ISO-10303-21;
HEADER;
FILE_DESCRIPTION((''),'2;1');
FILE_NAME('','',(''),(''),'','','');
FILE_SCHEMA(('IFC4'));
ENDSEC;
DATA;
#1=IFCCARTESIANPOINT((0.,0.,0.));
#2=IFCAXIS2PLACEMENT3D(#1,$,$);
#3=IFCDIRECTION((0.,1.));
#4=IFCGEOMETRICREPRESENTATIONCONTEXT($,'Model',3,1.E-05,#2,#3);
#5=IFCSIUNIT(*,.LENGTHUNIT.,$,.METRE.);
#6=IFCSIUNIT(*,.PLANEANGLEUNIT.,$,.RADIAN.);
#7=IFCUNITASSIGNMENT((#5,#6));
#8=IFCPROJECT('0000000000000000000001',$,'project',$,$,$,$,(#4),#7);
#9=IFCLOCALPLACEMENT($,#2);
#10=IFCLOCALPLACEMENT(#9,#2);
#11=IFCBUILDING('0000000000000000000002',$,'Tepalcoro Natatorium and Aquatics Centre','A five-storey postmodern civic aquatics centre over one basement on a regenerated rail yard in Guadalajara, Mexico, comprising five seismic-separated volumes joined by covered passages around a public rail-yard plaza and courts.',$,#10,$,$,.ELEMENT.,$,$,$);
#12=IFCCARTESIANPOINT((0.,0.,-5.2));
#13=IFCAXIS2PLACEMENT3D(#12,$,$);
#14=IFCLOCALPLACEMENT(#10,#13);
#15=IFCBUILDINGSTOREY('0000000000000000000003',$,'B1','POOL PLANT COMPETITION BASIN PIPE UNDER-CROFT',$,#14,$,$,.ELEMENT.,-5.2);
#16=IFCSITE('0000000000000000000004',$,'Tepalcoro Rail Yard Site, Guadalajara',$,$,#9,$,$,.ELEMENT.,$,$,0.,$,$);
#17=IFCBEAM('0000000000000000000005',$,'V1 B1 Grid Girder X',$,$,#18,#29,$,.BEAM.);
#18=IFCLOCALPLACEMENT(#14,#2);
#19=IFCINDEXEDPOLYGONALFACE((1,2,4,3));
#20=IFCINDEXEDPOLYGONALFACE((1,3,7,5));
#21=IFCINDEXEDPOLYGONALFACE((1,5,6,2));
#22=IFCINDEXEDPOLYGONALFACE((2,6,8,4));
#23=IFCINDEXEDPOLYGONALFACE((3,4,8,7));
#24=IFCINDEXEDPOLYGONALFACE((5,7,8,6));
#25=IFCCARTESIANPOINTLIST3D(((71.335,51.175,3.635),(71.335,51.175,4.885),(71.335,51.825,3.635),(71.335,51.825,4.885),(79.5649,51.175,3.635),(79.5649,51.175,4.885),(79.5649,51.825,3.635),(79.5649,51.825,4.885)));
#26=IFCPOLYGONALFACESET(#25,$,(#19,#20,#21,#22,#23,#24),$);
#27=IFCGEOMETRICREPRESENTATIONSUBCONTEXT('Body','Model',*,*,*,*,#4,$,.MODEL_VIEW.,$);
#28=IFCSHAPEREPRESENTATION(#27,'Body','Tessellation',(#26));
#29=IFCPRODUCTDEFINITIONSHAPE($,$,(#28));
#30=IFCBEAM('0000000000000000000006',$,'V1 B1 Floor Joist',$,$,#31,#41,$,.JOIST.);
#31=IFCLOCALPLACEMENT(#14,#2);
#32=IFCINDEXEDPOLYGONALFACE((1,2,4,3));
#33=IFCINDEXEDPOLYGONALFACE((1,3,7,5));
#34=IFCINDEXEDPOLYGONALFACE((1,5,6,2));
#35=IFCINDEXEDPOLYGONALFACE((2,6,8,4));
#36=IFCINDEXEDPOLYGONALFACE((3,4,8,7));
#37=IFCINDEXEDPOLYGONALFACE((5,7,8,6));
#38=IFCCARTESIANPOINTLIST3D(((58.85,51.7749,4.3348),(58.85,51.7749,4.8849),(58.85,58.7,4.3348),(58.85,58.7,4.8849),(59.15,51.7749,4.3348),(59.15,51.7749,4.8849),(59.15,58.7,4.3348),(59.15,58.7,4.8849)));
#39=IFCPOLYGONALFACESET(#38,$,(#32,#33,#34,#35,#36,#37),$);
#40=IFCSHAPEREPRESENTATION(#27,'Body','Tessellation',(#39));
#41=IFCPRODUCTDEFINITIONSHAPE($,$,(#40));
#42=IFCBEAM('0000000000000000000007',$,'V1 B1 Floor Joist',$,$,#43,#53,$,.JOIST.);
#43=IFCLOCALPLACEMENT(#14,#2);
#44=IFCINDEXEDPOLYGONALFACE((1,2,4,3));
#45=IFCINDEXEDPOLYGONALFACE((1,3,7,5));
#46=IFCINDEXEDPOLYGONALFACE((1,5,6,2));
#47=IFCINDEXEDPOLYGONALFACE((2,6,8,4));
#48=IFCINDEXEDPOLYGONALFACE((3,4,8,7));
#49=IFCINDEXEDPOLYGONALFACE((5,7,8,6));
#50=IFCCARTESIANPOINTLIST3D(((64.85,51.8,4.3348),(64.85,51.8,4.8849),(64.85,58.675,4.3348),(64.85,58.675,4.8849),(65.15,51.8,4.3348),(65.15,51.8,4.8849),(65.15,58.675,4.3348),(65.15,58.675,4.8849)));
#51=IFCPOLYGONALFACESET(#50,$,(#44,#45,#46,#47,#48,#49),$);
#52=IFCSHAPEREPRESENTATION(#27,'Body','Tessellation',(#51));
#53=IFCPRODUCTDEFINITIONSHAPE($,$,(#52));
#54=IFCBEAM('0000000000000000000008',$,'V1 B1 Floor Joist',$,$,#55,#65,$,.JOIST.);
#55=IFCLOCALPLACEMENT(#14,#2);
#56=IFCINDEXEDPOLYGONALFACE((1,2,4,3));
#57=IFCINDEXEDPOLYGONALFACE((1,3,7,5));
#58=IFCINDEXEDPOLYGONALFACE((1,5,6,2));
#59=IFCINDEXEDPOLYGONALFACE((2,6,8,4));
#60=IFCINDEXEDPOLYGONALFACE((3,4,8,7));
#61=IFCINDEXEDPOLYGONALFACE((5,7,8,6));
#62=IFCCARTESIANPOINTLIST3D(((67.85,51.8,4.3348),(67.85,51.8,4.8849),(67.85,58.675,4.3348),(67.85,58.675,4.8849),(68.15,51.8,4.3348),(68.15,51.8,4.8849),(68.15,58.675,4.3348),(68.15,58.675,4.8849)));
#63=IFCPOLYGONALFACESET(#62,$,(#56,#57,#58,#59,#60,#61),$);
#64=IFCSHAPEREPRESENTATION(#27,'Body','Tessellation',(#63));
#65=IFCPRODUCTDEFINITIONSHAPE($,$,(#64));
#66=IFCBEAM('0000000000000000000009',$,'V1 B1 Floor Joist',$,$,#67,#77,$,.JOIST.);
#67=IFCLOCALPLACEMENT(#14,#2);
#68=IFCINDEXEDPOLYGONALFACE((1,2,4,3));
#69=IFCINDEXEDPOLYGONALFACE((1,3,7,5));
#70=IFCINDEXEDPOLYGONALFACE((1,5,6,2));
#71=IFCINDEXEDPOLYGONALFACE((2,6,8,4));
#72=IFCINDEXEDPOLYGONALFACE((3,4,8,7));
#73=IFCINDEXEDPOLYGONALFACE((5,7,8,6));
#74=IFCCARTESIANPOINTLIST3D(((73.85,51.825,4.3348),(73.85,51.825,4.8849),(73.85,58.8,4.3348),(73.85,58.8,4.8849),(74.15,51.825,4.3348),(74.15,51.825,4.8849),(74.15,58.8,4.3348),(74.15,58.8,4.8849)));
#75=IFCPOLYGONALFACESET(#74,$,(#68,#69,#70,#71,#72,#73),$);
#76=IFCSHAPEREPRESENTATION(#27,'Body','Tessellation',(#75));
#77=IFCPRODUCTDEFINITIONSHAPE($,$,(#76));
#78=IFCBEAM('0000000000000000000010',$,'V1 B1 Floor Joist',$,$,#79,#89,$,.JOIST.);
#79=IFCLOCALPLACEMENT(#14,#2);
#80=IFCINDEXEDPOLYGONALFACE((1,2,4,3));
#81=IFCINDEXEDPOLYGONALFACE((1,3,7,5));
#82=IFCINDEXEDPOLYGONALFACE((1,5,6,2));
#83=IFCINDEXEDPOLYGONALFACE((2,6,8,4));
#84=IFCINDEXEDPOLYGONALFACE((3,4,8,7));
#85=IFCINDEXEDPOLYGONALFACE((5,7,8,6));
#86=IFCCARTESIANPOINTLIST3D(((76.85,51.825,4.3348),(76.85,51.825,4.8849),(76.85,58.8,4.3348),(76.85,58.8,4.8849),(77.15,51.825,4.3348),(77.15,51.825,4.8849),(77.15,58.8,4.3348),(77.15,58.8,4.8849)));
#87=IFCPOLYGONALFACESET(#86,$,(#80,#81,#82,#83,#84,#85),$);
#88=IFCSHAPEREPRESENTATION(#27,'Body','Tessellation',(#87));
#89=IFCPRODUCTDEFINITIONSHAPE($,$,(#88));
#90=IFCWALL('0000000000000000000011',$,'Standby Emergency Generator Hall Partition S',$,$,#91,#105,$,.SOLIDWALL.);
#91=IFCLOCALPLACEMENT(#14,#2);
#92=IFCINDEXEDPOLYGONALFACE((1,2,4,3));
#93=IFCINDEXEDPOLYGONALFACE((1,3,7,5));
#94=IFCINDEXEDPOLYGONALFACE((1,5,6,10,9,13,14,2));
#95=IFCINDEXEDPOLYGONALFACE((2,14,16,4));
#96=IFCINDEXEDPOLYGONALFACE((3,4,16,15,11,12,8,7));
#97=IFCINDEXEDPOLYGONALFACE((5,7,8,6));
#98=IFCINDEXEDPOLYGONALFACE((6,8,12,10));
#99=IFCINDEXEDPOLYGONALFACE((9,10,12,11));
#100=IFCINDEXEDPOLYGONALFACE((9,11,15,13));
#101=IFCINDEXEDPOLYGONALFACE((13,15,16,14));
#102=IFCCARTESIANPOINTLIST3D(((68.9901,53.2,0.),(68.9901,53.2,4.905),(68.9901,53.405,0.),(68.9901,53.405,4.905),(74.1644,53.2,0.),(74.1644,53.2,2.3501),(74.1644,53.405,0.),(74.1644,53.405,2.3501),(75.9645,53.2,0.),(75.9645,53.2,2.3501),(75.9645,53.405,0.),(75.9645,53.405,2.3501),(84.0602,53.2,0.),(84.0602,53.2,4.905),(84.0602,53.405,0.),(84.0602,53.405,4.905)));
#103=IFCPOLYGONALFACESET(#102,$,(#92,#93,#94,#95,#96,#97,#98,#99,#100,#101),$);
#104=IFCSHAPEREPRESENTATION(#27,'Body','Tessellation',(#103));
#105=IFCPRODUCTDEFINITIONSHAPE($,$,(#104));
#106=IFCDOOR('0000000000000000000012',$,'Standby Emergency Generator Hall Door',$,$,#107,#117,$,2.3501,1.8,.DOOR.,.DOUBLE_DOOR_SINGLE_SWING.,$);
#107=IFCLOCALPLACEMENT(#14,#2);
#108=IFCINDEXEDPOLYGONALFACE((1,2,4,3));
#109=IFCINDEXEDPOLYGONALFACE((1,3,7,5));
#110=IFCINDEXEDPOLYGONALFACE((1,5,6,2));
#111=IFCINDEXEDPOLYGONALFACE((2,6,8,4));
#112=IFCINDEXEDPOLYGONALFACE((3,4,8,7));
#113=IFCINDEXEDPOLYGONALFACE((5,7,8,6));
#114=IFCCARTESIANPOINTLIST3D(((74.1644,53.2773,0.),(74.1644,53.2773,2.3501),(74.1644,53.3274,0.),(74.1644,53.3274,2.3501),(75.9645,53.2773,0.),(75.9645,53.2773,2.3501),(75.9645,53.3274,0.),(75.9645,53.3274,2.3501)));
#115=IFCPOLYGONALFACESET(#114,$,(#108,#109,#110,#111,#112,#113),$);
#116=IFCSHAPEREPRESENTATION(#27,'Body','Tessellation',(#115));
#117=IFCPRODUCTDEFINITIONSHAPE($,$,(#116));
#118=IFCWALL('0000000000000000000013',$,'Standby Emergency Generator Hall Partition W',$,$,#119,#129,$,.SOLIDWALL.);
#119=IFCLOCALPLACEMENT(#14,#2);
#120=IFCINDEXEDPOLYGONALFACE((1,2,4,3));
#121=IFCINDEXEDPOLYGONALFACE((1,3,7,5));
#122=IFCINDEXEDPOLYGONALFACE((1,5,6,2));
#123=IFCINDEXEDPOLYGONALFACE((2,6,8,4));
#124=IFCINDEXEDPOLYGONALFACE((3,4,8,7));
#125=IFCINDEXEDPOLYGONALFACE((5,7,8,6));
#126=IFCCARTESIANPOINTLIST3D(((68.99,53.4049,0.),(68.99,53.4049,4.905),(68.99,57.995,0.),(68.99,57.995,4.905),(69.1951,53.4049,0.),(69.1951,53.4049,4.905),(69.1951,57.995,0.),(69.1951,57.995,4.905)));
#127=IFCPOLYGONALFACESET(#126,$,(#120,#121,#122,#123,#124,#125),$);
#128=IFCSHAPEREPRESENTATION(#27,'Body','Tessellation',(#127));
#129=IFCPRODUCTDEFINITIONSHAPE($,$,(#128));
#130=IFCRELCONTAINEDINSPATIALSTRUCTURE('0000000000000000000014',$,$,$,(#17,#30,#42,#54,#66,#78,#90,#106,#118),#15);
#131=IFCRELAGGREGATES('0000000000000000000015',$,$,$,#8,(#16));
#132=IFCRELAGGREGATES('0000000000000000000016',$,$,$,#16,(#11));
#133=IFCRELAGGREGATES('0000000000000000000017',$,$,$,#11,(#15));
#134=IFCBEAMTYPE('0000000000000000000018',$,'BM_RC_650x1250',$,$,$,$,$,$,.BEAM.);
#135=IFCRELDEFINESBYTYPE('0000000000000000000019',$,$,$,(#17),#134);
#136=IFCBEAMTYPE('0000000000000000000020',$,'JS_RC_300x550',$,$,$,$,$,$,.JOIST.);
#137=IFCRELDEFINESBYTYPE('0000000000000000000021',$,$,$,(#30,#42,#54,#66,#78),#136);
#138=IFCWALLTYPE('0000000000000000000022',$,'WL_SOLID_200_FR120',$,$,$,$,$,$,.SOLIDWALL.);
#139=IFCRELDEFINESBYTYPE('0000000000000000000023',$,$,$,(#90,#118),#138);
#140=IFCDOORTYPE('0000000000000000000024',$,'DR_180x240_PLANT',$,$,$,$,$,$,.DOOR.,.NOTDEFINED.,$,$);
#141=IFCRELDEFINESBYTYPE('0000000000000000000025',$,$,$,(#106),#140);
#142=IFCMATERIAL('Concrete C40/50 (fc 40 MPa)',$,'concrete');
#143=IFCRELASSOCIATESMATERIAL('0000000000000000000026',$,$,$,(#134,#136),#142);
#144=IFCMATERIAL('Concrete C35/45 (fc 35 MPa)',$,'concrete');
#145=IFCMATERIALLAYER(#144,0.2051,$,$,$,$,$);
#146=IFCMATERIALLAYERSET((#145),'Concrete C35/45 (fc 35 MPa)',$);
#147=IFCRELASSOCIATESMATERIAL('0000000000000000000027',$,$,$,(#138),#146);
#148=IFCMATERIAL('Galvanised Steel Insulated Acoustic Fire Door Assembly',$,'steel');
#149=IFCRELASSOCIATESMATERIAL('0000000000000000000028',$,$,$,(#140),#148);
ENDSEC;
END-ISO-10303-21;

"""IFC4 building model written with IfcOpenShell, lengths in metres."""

from ifc_helpers import new_model, si_unit, direction, frame, frame_2d, origin, origin_2d, place, context, subcontext, project, spatial, rectangle, extrude, material, layer, layer_set, material_profile, profile_set, type_object, element, fill, save


model = new_model("IFC4")

# Units and contexts
model_context = context("Model", 3, precision=1e-05, world=origin(), true_north=direction((0.0, 1.0)))
body_context = subcontext(model_context, "Body", "Model", "MODEL_VIEW")
ifc_project = project(units=[si_unit("LENGTHUNIT", "METRE"), si_unit("PLANEANGLEUNIT", "RADIAN")], contexts=[model_context])

# Site, building, storey
site_placement = place(None, origin())
site = spatial("IfcSite", under=ifc_project, at=site_placement, Name="Tepalcoro Rail Yard Site, Guadalajara", CompositionType="ELEMENT", RefElevation=0.0)
building_placement = place(site_placement, origin())
building = spatial("IfcBuilding", under=site, at=building_placement, Name="Tepalcoro Natatorium and Aquatics Centre", Description="A five-storey postmodern civic aquatics centre over one basement on a regenerated rail yard in Guadalajara, Mexico, comprising five seismic-separated volumes joined by covered passages around a public rail-yard plaza and courts.", CompositionType="ELEMENT")
storey_placement = place(building_placement, frame((0.0, 0.0, -5.2)))
storey = spatial("IfcBuildingStorey", under=building, at=storey_placement, Name="B1", Description="POOL PLANT COMPETITION BASIN PIPE UNDER-CROFT", CompositionType="ELEMENT", Elevation=-5.2)

# Shared definitions
ifc_material_1 = material(Name="Concrete C40/50 (fc 40 MPa)", Category="concrete")

# Beams
ifc_material_profile_1 = material_profile(ifc_material_1, rectangle(XDim=0.6499, YDim=1.25, at=origin_2d()), Name="RCB650x1250")
ifc_profile_set_1 = profile_set([ifc_material_profile_1], Name="Concrete C40/50 (fc 40 MPa)")
beam_type_1 = type_object("IfcBeamType", Name="BM_RC_650x1250", PredefinedType="BEAM", material=ifc_profile_set_1)
beam_1_placement = place(storey_placement, frame((71.335, 51.5, 4.26), z_axis=(1.0, 0.0, 0.0), x_axis=(0.0, 1.0, 0.0)))
element("IfcBeam", 1, at=beam_1_placement, inside=storey, type_object=beam_type_1, Name="V1 B1 Grid Girder X", PredefinedType="BEAM", context=body_context, shape_type="SweptSolid", body=[
    extrude(rectangle(XDim=0.6499, YDim=1.25, at=origin_2d()), origin(), (0.0, 0.0, 1.0), 8.23),
])
ifc_material_profile_2 = material_profile(ifc_material_1, rectangle(XDim=0.3, YDim=0.55, at=origin_2d()), Name="RCJ300x550")
ifc_profile_set_2 = profile_set([ifc_material_profile_2], Name="Concrete C40/50 (fc 40 MPa)")
beam_type_2 = type_object("IfcBeamType", Name="JS_RC_300x550", PredefinedType="JOIST", material=ifc_profile_set_2)
beam_2_placement = place(storey_placement, frame((59.0, 51.7749, 4.6099), z_axis=(0.0, 1.0, 0.0), x_axis=(-1.0, 0.0, 0.0)))
element("IfcBeam", 2, at=beam_2_placement, inside=storey, type_object=beam_type_2, Name="V1 B1 Floor Joist", PredefinedType="JOIST", context=body_context, shape_type="SweptSolid", body=[
    extrude(rectangle(XDim=0.3, YDim=0.55, at=origin_2d()), origin(), (0.0, 0.0, 1.0), 6.925),
])
for number, where, z_axis, x_axis, name in (
    (3, (65.0, 51.8, 4.6099), (0.0, 1.0, 0.0), (-1.0, 0.0, 0.0), "V1 B1 Floor Joist"),
    (4, (68.0, 51.8, 4.6099), (0.0, 1.0, 0.0), (-1.0, 0.0, 0.0), "V1 B1 Floor Joist"),
):
    element("IfcBeam", number, at=place(storey_placement, frame(where, z_axis=z_axis, x_axis=x_axis)), inside=storey, type_object=beam_type_2, Name=name, PredefinedType="JOIST", context=body_context, shape_type="SweptSolid", body=[
        extrude(rectangle(XDim=0.3, YDim=0.55, at=origin_2d()), origin(), (0.0, 0.0, 1.0), 6.875),
    ])
for number, where, z_axis, x_axis, name in (
    (5, (74.0, 51.825, 4.6099), (0.0, 1.0, 0.0), (-1.0, 0.0, 0.0), "V1 B1 Floor Joist"),
    (6, (77.0, 51.825, 4.6099), (0.0, 1.0, 0.0), (-1.0, 0.0, 0.0), "V1 B1 Floor Joist"),
):
    element("IfcBeam", number, at=place(storey_placement, frame(where, z_axis=z_axis, x_axis=x_axis)), inside=storey, type_object=beam_type_2, Name=name, PredefinedType="JOIST", context=body_context, shape_type="SweptSolid", body=[
        extrude(rectangle(XDim=0.3, YDim=0.55, at=origin_2d()), origin(), (0.0, 0.0, 1.0), 6.9751),
    ])

# Wall, opening, door
ifc_material_2 = material(Name="Concrete C35/45 (fc 35 MPa)", Category="concrete")
ifc_layer = layer(ifc_material_2, 0.2051)
ifc_layer_set = layer_set([ifc_layer], Name="Concrete C35/45 (fc 35 MPa)")
wall_type = type_object("IfcWallType", Name="WL_SOLID_200_FR120", PredefinedType="SOLIDWALL", material=ifc_layer_set)
wall_1_placement = place(storey_placement, frame((68.99, 53.3025, 0.0), z_axis=(0.0, 0.0, 1.0), x_axis=(1.0, 0.0, 0.0)))
wall_1 = element("IfcWall", 7, at=wall_1_placement, inside=storey, type_object=wall_type, Name="Standby Emergency Generator Hall Partition S", PredefinedType="SOLIDWALL", context=body_context, shape_type="SweptSolid", body=[
    extrude(rectangle(XDim=15.0701, YDim=0.2051, at=frame_2d((7.5352, 0.0))), origin(), (0.0, 0.0, 1.0), 4.905),
])
opening_placement = place(wall_1_placement, frame((5.1746, 0.0, 0.0)))
opening = element("IfcOpeningElement", 8, at=opening_placement, cuts=wall_1, PredefinedType="OPENING", context=body_context, shape_type="SweptSolid", body=[
    extrude(rectangle(XDim=1.8, YDim=2.3501, at=frame_2d((0.8999, 1.175))), frame((0.0, 0.1145, 0.0), z_axis=(0.0, -1.0, 0.0), x_axis=(1.0, 0.0, 0.0)), (0.0, 0.0, 1.0), 0.229),
])
ifc_material_3 = material(Name="Galvanised Steel Insulated Acoustic Fire Door Assembly", Category="steel")
door_type = type_object("IfcDoorType", Name="DR_180x240_PLANT", OperationType="NOTDEFINED", PredefinedType="DOOR", material=ifc_material_3)
door_placement = place(opening_placement, origin())
door = element("IfcDoor", 9, at=door_placement, inside=storey, type_object=door_type, Name="Standby Emergency Generator Hall Door", OperationType="DOUBLE_DOOR_SINGLE_SWING", OverallHeight=2.3501, OverallWidth=1.8, PredefinedType="DOOR", context=body_context, shape_type="SweptSolid", body=[
    extrude(rectangle(XDim=1.8, YDim=2.3501, at=frame_2d((0.8999, 1.175))), frame((0.0, 0.0249, 0.0), z_axis=(0.0, -1.0, 0.0), x_axis=(1.0, 0.0, 0.0)), (0.0, 0.0, 1.0), 0.05),
])
fill(opening, door)

# Wall
wall_2_placement = place(storey_placement, frame((69.0925, 53.405, 0.0), z_axis=(0.0, 0.0, 1.0), x_axis=(0.0, 1.0, 0.0)))
element("IfcWall", 10, at=wall_2_placement, inside=storey, type_object=wall_type, Name="Standby Emergency Generator Hall Partition W", PredefinedType="SOLIDWALL", context=body_context, shape_type="SweptSolid", body=[
    extrude(rectangle(XDim=4.5901, YDim=0.2051, at=frame_2d((2.2949, 0.0))), origin(), (0.0, 0.0, 1.0), 4.905),
])

save(model, "model.ifc")
